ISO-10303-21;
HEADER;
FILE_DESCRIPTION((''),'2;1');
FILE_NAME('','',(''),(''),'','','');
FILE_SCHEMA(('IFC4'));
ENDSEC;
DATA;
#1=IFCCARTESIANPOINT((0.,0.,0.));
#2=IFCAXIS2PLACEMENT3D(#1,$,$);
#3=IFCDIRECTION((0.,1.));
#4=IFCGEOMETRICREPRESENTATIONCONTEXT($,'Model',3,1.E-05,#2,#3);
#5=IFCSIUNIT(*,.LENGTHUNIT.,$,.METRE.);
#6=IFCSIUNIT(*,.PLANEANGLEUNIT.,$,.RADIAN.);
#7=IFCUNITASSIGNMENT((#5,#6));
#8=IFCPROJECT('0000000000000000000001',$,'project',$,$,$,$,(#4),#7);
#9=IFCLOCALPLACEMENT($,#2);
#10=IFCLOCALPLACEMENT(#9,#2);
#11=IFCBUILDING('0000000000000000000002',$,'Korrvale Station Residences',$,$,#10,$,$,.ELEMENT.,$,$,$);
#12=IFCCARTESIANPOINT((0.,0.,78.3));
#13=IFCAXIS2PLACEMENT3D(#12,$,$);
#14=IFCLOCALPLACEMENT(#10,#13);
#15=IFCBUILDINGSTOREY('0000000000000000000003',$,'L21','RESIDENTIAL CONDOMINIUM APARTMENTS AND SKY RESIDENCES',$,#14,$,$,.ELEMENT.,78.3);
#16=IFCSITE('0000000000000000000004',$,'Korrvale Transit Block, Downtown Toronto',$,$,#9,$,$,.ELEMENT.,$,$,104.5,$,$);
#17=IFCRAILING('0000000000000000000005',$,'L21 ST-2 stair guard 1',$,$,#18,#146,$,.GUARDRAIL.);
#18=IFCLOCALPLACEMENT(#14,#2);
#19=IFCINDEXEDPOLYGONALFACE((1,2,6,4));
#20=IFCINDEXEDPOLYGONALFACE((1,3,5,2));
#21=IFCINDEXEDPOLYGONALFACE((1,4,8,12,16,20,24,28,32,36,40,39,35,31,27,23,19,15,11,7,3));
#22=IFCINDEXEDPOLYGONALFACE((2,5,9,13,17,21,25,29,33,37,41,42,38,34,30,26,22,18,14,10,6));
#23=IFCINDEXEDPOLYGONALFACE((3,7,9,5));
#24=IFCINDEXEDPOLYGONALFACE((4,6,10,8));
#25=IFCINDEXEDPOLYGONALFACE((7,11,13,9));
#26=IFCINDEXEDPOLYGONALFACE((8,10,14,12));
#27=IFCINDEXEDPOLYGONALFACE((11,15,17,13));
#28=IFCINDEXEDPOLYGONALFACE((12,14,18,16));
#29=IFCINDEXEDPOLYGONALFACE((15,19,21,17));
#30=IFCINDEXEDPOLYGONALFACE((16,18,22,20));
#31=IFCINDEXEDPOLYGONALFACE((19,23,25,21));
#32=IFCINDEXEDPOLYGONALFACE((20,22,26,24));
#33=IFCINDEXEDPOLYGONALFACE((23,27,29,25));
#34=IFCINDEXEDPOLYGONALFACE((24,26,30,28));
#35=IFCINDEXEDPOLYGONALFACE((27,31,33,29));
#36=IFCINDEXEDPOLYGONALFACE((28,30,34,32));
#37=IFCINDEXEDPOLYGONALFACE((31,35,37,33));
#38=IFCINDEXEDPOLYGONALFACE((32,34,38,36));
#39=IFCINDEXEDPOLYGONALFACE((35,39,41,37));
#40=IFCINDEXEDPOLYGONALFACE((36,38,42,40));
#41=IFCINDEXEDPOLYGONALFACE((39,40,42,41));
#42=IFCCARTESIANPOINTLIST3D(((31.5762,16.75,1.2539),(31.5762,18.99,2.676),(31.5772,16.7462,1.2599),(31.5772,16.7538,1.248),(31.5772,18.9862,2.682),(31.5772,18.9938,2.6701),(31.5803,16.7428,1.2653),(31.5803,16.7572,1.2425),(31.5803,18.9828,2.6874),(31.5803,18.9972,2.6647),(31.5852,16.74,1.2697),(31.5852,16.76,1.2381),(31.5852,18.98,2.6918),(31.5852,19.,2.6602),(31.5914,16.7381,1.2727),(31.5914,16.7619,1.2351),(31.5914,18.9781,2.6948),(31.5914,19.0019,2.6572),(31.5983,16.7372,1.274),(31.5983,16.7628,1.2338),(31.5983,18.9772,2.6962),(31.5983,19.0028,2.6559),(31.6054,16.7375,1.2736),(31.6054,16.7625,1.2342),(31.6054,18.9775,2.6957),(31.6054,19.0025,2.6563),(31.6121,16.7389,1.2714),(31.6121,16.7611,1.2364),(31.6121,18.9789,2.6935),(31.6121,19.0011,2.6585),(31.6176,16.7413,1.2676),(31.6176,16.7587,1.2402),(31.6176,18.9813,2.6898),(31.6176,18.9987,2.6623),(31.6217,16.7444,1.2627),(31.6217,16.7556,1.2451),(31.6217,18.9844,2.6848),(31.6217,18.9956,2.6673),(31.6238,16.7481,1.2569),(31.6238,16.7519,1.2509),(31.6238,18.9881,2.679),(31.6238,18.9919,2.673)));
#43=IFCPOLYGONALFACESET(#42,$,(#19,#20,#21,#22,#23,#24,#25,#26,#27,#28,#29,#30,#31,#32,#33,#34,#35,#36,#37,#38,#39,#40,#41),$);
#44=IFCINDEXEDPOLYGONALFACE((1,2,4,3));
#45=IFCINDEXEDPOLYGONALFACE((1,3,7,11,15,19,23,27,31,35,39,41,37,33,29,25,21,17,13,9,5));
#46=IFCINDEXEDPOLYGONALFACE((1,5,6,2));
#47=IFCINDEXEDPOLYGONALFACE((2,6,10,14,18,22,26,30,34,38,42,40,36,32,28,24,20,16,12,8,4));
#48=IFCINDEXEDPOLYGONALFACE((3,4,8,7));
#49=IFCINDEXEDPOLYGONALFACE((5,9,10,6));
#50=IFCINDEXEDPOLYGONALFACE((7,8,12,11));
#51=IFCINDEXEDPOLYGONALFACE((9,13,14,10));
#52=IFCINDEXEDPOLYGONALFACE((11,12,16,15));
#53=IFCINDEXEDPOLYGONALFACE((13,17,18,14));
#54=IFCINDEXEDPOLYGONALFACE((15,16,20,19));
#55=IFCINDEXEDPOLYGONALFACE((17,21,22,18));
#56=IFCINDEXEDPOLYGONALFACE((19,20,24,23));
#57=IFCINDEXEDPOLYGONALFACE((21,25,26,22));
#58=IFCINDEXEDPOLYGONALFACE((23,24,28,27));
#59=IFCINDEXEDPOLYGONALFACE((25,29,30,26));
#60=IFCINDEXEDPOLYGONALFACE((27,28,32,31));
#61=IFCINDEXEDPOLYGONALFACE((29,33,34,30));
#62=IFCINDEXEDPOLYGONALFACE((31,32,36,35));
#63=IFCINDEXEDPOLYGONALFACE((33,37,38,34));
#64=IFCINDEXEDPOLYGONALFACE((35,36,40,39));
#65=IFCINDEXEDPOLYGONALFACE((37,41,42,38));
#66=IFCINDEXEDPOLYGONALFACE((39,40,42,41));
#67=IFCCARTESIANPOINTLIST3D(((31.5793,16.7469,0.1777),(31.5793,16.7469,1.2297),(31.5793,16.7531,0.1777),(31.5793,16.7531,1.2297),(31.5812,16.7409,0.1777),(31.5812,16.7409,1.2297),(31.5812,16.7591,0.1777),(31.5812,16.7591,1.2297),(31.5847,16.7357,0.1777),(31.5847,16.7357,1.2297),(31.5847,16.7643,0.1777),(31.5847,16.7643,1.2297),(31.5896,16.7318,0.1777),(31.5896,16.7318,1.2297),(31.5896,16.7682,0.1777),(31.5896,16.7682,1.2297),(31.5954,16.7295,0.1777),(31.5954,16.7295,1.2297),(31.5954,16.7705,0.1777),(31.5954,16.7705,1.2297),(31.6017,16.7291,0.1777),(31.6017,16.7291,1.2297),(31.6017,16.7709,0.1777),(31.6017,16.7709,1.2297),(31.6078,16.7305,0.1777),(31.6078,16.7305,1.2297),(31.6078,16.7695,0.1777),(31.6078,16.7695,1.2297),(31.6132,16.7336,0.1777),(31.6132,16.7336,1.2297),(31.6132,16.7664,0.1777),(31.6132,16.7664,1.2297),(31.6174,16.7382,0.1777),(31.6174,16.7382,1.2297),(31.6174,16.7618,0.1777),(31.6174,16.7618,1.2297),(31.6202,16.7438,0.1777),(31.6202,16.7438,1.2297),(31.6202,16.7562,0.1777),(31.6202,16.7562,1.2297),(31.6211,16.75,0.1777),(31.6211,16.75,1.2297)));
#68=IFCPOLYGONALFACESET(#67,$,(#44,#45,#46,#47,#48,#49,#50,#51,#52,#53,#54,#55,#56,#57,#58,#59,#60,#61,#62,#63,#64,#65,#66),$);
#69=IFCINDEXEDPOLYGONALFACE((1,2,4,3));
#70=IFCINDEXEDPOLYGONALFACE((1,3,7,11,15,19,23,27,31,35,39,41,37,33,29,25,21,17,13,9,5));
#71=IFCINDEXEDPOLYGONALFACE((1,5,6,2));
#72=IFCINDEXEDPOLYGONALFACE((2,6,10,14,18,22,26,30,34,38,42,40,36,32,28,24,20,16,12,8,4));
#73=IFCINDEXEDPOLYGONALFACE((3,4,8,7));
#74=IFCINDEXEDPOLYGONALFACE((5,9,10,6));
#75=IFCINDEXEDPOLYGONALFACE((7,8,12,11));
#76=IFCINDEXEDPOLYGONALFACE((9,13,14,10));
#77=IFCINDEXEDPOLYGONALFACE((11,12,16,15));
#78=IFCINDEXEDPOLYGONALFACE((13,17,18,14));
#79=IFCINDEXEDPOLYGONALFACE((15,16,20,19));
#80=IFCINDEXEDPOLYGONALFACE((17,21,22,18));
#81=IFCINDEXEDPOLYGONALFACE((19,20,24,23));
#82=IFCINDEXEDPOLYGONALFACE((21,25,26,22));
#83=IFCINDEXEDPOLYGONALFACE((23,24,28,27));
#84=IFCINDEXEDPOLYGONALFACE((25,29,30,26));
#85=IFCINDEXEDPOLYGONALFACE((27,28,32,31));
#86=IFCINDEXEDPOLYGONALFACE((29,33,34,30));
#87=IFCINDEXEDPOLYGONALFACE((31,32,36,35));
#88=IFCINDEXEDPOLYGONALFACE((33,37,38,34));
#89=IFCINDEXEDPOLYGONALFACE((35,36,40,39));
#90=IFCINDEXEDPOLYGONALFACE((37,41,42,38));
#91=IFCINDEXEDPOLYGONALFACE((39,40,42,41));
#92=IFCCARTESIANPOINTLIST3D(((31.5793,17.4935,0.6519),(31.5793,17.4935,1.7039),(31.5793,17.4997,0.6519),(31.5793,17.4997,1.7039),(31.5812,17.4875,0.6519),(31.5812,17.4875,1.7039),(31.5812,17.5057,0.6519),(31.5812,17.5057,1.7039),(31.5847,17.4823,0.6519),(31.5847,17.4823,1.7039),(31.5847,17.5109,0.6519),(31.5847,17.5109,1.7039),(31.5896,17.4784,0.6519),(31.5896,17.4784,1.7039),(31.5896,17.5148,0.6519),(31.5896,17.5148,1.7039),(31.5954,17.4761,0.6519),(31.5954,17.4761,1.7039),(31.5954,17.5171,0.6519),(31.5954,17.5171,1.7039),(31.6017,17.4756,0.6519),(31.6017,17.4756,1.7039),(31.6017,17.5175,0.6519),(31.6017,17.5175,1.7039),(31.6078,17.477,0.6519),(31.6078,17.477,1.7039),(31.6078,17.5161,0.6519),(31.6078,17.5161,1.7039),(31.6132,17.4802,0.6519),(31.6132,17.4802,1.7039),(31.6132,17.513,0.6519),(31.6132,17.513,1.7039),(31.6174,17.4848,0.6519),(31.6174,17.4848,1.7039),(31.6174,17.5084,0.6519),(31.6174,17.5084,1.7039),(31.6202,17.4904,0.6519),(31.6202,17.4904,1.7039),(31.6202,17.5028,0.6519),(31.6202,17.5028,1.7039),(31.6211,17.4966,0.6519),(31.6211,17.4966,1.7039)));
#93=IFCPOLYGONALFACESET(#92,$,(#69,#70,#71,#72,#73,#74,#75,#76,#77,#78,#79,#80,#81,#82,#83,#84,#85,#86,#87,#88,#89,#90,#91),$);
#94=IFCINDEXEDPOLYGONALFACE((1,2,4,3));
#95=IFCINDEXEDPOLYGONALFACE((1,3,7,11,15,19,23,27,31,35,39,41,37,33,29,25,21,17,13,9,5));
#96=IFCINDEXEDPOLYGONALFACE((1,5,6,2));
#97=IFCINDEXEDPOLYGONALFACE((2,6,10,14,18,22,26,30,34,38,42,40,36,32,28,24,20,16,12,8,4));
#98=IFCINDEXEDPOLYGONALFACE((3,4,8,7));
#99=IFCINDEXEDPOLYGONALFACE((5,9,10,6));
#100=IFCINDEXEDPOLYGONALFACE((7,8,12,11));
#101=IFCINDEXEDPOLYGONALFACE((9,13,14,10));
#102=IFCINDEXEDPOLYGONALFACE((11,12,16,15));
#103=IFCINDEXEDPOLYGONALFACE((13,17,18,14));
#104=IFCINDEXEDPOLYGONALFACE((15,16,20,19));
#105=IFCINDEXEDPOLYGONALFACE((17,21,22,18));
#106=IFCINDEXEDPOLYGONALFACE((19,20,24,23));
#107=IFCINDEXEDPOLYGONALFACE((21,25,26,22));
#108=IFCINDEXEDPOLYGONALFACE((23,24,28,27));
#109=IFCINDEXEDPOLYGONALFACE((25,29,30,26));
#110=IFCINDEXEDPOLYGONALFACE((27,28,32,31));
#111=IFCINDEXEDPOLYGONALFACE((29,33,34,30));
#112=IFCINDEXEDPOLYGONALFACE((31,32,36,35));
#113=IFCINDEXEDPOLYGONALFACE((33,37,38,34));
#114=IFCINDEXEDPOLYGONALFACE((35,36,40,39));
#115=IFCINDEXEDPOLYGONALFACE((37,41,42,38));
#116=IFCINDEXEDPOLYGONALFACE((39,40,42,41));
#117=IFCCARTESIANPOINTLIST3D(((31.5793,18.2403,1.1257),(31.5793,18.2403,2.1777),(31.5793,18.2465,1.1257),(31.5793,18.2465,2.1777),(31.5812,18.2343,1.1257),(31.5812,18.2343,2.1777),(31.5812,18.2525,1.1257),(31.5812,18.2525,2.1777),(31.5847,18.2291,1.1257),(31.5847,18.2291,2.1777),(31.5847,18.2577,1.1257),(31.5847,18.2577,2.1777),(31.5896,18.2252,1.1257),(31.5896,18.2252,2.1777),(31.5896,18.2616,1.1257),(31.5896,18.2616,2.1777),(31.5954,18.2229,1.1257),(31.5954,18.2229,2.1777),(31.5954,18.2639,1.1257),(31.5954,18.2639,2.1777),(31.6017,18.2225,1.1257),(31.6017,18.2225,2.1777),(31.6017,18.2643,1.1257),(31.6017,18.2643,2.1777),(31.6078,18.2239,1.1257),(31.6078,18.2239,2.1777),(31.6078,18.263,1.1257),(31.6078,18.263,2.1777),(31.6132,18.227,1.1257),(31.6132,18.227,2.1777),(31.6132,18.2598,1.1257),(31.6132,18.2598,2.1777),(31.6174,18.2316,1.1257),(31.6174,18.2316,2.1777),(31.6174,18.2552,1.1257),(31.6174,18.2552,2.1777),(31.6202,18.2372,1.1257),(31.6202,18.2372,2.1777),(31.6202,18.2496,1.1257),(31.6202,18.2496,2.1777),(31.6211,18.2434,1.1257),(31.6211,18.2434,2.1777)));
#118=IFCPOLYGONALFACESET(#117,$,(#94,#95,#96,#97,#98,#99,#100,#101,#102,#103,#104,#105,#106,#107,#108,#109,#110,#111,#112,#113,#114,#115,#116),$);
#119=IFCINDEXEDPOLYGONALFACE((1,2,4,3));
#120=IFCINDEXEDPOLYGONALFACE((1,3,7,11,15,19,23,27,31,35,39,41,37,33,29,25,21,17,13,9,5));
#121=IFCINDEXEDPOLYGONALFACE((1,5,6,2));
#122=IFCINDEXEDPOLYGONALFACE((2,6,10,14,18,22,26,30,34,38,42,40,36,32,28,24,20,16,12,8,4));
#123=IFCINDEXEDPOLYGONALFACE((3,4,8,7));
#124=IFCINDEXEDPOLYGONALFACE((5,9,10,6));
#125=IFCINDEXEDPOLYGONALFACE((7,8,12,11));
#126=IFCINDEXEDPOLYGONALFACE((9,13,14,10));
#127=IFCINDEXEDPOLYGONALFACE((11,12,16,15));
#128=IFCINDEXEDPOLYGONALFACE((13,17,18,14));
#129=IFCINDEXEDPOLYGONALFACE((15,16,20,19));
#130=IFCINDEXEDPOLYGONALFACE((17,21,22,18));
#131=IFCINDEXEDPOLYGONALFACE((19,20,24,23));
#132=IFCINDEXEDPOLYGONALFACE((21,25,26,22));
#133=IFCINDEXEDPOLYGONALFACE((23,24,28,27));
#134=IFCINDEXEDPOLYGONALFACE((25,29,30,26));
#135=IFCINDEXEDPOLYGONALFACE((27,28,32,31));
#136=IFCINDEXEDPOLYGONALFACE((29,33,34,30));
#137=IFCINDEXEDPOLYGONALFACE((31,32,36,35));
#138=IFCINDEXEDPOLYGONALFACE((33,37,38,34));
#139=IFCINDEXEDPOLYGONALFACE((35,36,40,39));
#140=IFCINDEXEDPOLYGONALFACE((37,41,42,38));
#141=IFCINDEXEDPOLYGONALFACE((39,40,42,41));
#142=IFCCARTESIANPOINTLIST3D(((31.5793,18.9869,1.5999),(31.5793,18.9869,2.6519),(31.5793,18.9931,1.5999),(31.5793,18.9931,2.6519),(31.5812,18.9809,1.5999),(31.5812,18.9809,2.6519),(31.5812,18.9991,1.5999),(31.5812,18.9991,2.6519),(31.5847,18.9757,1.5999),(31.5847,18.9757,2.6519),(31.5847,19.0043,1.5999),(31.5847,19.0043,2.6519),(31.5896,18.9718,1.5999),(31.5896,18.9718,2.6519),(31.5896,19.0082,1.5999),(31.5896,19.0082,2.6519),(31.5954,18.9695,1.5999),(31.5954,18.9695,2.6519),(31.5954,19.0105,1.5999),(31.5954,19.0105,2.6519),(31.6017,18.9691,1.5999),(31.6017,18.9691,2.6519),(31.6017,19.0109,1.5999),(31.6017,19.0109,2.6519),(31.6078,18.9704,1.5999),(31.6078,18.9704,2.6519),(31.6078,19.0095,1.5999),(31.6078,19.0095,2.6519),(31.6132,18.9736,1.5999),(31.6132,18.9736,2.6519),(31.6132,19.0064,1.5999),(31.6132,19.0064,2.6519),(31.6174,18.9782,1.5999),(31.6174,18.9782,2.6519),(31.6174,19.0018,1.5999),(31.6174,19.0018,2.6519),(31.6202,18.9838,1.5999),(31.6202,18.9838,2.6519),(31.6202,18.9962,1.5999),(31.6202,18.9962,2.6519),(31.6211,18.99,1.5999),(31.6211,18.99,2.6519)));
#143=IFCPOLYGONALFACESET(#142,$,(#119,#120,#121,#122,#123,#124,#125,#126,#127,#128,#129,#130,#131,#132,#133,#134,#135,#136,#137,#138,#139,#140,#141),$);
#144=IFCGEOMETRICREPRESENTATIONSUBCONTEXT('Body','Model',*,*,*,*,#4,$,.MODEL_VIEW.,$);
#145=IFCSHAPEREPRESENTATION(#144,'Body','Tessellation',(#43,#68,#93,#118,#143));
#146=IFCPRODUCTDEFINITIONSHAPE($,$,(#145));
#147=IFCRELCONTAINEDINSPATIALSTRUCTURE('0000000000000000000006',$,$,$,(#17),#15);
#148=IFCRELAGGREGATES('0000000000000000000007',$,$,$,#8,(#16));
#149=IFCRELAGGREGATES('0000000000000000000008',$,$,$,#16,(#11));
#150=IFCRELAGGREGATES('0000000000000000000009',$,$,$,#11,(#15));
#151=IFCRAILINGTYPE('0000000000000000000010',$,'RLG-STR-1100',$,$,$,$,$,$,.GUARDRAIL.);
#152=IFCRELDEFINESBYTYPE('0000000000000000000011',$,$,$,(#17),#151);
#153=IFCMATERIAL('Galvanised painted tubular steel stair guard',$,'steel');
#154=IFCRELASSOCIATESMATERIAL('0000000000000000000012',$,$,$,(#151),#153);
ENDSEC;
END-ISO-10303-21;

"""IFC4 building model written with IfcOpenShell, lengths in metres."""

from ifc_helpers import new_model, si_unit, direction, frame, origin, origin_2d, place, context, subcontext, project, spatial, circle, extrude, material, type_object, element, save


model = new_model("IFC4")

# Units and contexts
model_context = context("Model", 3, precision=1e-05, world=origin(), true_north=direction((0.0, 1.0)))
body_context = subcontext(model_context, "Body", "Model", "MODEL_VIEW")
ifc_project = project(units=[si_unit("LENGTHUNIT", "METRE"), si_unit("PLANEANGLEUNIT", "RADIAN")], contexts=[model_context])

# Site, building, storey
site_placement = place(None, origin())
site = spatial("IfcSite", under=ifc_project, at=site_placement, Name="Korrvale Transit Block, Downtown Toronto", CompositionType="ELEMENT", RefElevation=104.5)
building_placement = place(site_placement, origin())
building = spatial("IfcBuilding", under=site, at=building_placement, Name="Korrvale Station Residences", CompositionType="ELEMENT")
storey_placement = place(building_placement, frame((0.0, 0.0, 78.3)))
storey = spatial("IfcBuildingStorey", under=building, at=storey_placement, Name="L21", Description="RESIDENTIAL CONDOMINIUM APARTMENTS AND SKY RESIDENCES", CompositionType="ELEMENT", Elevation=78.3)

# Railing
ifc_material_1 = material(Name="Galvanised painted tubular steel stair guard", Category="steel")
railing_type_1 = type_object("IfcRailingType", Name="RLG-STR-1100", PredefinedType="GUARDRAIL", material=ifc_material_1)
railing_1_placement = place(storey_placement, frame((31.6001, 16.75, 0.1777)))
element("IfcRailing", 1, at=railing_1_placement, inside=storey, type_object=railing_type_1, Name="L21 ST-2 stair guard 1", PredefinedType="GUARDRAIL", context=body_context, shape_type="SweptSolid", body=[
    extrude(circle(Radius=0.0239, at=origin_2d()), frame((0.0, 0.0, 1.0762), z_axis=(0.0, 0.844229, 0.535982), x_axis=(-1.0, 0.0, 0.0)), (0.0, 0.0, 1.0), 2.6533),
    extrude(circle(Radius=0.021, at=origin_2d()), origin(), (0.0, 0.0, 1.0), 1.052),
    extrude(circle(Radius=0.021, at=origin_2d()), frame((0.0, 0.7466, 0.4741)), (0.0, 0.0, 1.0), 1.052),
    extrude(circle(Radius=0.021, at=origin_2d()), frame((0.0, 1.4934, 0.948)), (0.0, 0.0, 1.0), 1.052),
    extrude(circle(Radius=0.021, at=origin_2d()), frame((0.0, 2.24, 1.4221)), (0.0, 0.0, 1.0), 1.052),
])

save(model, "model.ifc")
